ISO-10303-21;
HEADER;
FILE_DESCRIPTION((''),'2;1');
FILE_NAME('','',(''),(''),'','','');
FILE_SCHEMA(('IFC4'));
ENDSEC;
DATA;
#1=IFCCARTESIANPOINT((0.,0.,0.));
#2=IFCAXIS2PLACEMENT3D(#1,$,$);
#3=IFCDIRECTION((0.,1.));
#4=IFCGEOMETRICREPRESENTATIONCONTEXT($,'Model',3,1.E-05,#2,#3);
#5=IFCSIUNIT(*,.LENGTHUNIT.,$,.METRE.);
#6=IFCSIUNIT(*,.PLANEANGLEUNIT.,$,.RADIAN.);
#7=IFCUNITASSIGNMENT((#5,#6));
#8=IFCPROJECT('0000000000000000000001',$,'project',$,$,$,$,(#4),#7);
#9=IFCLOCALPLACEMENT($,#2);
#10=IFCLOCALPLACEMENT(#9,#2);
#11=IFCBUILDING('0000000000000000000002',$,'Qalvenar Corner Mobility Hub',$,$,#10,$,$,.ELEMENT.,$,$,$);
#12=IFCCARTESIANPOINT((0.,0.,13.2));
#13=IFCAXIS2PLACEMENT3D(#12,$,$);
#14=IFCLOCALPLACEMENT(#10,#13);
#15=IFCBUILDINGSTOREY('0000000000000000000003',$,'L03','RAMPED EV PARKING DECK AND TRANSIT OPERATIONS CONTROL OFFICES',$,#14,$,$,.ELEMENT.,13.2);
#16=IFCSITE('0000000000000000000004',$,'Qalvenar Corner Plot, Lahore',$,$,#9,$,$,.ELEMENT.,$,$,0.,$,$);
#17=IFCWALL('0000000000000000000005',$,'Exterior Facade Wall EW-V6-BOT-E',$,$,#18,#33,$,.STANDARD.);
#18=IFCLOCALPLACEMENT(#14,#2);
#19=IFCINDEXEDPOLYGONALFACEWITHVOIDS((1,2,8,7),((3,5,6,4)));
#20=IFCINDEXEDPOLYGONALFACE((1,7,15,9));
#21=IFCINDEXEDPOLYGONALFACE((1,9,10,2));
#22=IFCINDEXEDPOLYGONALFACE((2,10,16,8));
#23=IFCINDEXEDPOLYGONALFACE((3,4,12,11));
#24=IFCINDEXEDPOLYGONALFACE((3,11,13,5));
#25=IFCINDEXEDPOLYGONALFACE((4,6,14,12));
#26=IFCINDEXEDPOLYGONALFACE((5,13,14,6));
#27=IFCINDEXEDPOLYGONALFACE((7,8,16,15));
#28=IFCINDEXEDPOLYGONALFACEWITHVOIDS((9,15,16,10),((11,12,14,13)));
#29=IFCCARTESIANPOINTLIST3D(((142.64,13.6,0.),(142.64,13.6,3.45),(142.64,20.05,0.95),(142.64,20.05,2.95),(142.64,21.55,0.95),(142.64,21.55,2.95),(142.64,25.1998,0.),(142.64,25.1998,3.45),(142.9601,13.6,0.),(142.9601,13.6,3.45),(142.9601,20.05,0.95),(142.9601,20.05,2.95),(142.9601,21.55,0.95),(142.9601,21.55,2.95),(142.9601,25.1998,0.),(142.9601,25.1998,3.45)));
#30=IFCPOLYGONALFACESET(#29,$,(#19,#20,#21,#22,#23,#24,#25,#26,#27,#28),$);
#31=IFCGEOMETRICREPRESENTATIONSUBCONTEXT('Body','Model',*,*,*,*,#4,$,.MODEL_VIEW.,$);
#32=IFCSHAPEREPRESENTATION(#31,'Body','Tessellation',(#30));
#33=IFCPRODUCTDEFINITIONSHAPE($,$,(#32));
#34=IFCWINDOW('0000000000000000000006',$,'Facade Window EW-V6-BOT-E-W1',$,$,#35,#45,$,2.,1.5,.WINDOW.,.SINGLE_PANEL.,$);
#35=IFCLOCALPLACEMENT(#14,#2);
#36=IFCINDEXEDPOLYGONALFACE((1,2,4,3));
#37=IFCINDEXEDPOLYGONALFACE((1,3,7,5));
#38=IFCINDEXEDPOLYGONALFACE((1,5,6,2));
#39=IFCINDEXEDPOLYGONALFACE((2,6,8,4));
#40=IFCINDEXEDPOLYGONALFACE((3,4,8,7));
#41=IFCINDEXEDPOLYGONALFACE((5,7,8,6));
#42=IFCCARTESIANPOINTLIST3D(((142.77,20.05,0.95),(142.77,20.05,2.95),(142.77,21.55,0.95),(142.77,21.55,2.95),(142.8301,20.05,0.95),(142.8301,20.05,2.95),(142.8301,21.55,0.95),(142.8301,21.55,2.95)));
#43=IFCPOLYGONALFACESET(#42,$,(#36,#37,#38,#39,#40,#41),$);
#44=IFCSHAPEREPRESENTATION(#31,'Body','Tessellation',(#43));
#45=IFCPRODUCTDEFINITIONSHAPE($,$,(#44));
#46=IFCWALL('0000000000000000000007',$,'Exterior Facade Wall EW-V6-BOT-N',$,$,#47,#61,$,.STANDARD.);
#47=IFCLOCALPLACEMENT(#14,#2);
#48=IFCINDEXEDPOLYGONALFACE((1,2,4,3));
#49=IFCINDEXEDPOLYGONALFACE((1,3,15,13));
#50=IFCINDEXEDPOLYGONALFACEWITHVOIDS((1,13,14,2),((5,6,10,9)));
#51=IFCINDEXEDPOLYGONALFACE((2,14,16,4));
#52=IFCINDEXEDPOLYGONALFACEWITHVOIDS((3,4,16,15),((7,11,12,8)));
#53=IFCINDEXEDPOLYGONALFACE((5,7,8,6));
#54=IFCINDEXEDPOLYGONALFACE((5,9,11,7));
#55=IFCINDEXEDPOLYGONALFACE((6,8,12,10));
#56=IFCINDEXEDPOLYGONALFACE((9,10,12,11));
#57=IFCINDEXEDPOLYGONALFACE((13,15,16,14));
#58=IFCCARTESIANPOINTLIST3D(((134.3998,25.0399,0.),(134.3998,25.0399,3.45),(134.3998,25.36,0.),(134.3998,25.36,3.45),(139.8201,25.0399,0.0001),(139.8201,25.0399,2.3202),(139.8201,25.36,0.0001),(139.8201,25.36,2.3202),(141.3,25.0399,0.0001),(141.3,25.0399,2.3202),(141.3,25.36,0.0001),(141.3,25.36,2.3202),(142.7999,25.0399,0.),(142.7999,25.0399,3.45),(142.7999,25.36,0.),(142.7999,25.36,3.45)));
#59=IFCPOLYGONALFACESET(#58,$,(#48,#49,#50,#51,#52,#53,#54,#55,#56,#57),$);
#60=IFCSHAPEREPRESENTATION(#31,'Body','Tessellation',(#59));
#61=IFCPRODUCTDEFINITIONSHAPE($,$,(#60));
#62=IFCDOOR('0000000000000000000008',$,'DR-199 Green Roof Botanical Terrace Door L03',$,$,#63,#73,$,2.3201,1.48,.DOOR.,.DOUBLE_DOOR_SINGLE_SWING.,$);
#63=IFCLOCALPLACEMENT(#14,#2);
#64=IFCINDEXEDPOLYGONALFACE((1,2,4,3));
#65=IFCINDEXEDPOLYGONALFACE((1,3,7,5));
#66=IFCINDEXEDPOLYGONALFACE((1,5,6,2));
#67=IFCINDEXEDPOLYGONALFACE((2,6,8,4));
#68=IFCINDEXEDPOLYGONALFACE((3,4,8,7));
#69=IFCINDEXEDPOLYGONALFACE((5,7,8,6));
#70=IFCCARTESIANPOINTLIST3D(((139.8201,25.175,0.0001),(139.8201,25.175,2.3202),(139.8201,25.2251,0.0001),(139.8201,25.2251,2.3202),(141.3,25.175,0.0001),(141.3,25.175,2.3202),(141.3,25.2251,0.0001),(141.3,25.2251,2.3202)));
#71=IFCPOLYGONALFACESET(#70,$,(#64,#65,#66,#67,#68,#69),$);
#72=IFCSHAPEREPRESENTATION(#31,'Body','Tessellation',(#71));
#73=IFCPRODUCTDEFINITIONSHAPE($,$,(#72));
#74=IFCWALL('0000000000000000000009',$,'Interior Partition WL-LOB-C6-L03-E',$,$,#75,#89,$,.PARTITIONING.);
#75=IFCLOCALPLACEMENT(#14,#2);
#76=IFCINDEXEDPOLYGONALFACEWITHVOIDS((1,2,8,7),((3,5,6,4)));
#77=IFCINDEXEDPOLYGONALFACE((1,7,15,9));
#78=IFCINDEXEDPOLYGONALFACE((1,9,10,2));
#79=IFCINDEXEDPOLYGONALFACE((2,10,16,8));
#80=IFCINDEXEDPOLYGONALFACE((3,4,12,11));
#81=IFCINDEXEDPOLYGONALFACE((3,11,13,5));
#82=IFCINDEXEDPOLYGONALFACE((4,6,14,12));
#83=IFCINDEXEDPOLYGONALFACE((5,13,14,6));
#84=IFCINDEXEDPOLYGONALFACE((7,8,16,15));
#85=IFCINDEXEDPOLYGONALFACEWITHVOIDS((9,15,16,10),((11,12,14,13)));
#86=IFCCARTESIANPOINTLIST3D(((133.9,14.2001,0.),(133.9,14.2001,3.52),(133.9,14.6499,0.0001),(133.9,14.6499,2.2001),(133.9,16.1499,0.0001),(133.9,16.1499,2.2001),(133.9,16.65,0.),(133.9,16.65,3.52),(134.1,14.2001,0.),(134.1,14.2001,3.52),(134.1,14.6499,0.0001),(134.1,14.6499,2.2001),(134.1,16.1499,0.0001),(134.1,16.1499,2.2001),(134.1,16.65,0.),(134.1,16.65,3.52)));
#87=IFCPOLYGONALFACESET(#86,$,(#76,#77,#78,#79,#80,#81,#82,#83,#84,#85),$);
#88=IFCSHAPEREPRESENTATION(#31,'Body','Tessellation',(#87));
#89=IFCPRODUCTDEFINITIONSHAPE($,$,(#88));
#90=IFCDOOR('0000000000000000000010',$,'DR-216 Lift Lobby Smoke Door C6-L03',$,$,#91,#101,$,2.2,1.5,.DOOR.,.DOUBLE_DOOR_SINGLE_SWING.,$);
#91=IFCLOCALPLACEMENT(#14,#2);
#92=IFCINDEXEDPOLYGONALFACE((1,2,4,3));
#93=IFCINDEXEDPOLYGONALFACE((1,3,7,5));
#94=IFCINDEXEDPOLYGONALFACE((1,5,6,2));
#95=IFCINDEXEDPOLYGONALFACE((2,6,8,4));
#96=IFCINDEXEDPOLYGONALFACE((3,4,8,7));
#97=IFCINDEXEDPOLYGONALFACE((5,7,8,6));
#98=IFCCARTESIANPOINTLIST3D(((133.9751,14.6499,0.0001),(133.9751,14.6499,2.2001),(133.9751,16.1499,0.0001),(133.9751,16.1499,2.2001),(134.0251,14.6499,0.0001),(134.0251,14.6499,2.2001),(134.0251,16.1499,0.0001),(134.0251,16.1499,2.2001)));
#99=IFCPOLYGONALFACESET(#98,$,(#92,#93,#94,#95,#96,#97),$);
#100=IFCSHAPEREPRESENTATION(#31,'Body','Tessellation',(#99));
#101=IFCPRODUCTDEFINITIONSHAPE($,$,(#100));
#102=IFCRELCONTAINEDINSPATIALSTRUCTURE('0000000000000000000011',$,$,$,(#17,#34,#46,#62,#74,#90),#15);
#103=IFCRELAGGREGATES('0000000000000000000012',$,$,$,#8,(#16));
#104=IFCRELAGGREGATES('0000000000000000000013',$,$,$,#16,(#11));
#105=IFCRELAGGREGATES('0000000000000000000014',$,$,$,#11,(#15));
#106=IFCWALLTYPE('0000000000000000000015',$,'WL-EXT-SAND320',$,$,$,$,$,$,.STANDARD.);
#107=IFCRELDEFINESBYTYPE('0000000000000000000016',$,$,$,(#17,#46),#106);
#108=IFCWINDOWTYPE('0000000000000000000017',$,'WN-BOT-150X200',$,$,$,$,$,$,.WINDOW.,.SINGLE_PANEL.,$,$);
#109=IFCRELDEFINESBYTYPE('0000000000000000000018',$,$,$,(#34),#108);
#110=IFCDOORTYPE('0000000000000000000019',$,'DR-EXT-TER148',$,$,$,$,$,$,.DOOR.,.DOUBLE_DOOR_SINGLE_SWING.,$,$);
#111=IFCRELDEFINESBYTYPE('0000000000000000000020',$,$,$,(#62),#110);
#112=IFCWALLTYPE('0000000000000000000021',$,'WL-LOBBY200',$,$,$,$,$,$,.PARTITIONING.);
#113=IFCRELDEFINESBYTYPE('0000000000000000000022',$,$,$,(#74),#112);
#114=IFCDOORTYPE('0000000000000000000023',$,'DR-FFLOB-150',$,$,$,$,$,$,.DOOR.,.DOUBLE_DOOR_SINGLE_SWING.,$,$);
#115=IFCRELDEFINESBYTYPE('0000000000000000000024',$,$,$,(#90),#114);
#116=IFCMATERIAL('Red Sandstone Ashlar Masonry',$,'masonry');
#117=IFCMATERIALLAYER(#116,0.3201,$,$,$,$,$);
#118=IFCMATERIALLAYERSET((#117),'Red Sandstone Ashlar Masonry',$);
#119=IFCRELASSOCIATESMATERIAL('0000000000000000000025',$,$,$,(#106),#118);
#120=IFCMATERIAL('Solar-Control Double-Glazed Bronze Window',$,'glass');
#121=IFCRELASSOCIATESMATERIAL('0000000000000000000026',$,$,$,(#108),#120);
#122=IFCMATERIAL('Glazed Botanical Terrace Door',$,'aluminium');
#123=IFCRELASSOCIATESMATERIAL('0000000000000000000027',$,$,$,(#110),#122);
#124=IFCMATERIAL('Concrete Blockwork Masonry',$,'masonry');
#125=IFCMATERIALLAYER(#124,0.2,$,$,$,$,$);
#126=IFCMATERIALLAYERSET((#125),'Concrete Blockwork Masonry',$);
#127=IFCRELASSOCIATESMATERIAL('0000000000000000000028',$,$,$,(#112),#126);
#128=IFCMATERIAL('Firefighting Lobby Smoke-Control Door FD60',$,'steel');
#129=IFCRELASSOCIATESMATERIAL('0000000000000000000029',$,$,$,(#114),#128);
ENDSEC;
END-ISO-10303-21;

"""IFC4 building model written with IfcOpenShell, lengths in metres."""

from ifc_helpers import new_model, si_unit, direction, frame, frame_2d, origin, place, context, subcontext, project, spatial, rectangle, extrude, material, layer, layer_set, type_object, element, fill, save


model = new_model("IFC4")

# Units and contexts
model_context = context("Model", 3, precision=1e-05, world=origin(), true_north=direction((0.0, 1.0)))
body_context = subcontext(model_context, "Body", "Model", "MODEL_VIEW")
ifc_project = project(units=[si_unit("LENGTHUNIT", "METRE"), si_unit("PLANEANGLEUNIT", "RADIAN")], contexts=[model_context])

# Site, building, storey
site_placement = place(None, origin())
site = spatial("IfcSite", under=ifc_project, at=site_placement, Name="Qalvenar Corner Plot, Lahore", CompositionType="ELEMENT", RefElevation=0.0)
building_placement = place(site_placement, origin())
building = spatial("IfcBuilding", under=site, at=building_placement, Name="Qalvenar Corner Mobility Hub", CompositionType="ELEMENT")
storey_placement = place(building_placement, frame((0.0, 0.0, 13.2)))
storey = spatial("IfcBuildingStorey", under=building, at=storey_placement, Name="L03", Description="RAMPED EV PARKING DECK AND TRANSIT OPERATIONS CONTROL OFFICES", CompositionType="ELEMENT", Elevation=13.2)

# Wall, opening, window
ifc_material_1 = material(Name="Red Sandstone Ashlar Masonry", Category="masonry")
ifc_layer_1 = layer(ifc_material_1, 0.3201)
ifc_layer_set_1 = layer_set([ifc_layer_1], Name="Red Sandstone Ashlar Masonry")
wall_type_1 = type_object("IfcWallType", Name="WL-EXT-SAND320", PredefinedType="STANDARD", material=ifc_layer_set_1)
wall_1_placement = place(storey_placement, frame((142.8, 13.6001, 0.0), z_axis=(0.0, 0.0, 1.0), x_axis=(0.0, 1.0, 0.0)))
wall_1 = element("IfcWall", 1, at=wall_1_placement, inside=storey, type_object=wall_type_1, Name="Exterior Facade Wall EW-V6-BOT-E", PredefinedType="STANDARD", context=body_context, shape_type="SweptSolid", body=[
    extrude(rectangle(XDim=11.5999, YDim=0.3201, at=frame_2d((5.7998, 0.0))), origin(), (0.0, 0.0, 1.0), 3.45),
])
opening_1_placement = place(wall_1_placement, frame((6.45, 0.0, 0.95)))
opening_1 = element("IfcOpeningElement", 2, at=opening_1_placement, cuts=wall_1, PredefinedType="OPENING", context=body_context, shape_type="SweptSolid", body=[
    extrude(rectangle(XDim=1.5, YDim=2.0, at=frame_2d((0.75, 1.0))), frame((0.0, 0.1699, 0.0), z_axis=(0.0, -1.0, 0.0), x_axis=(1.0, 0.0, 0.0)), (0.0, 0.0, 1.0), 0.3401),
])
ifc_material_2 = material(Name="Solar-Control Double-Glazed Bronze Window", Category="glass")
window_type = type_object("IfcWindowType", Name="WN-BOT-150X200", PartitioningType="SINGLE_PANEL", PredefinedType="WINDOW", material=ifc_material_2)
window_placement = place(opening_1_placement, origin())
window = element("IfcWindow", 3, at=window_placement, inside=storey, type_object=window_type, Name="Facade Window EW-V6-BOT-E-W1", OverallHeight=2.0, OverallWidth=1.5, PartitioningType="SINGLE_PANEL", PredefinedType="WINDOW", context=body_context, shape_type="SweptSolid", body=[
    extrude(rectangle(XDim=1.5, YDim=2.0, at=frame_2d((0.75, 1.0))), frame((0.0, 0.03, 0.0), z_axis=(0.0, -1.0, 0.0), x_axis=(1.0, 0.0, 0.0)), (0.0, 0.0, 1.0), 0.0601),
])
fill(opening_1, window)

# Walls, openings, doors
wall_2_placement = place(storey_placement, frame((142.8, 25.2, 0.0), z_axis=(0.0, 0.0, 1.0), x_axis=(-1.0, 0.0, 0.0)))
wall_2 = element("IfcWall", 4, at=wall_2_placement, inside=storey, type_object=wall_type_1, Name="Exterior Facade Wall EW-V6-BOT-N", PredefinedType="STANDARD", context=body_context, shape_type="SweptSolid", body=[
    extrude(rectangle(XDim=8.4001, YDim=0.3201, at=frame_2d((4.2002, 0.0))), origin(), (0.0, 0.0, 1.0), 3.45),
])
opening_2_placement = place(wall_2_placement, frame((1.5, 0.0, 0.0)))
opening_2 = element("IfcOpeningElement", 5, at=opening_2_placement, cuts=wall_2, PredefinedType="OPENING", context=body_context, shape_type="SweptSolid", body=[
    extrude(rectangle(XDim=1.48, YDim=2.3201, at=frame_2d((0.74, 1.1602))), frame((0.0, 0.1699, 0.0), z_axis=(0.0, -1.0, 0.0), x_axis=(1.0, 0.0, 0.0)), (0.0, 0.0, 1.0), 0.3401),
])
ifc_material_3 = material(Name="Glazed Botanical Terrace Door", Category="aluminium")
door_type_1 = type_object("IfcDoorType", Name="DR-EXT-TER148", OperationType="DOUBLE_DOOR_SINGLE_SWING", PredefinedType="DOOR", material=ifc_material_3)
door_1_placement = place(opening_2_placement, origin())
door_1 = element("IfcDoor", 6, at=door_1_placement, inside=storey, type_object=door_type_1, Name="DR-199 Green Roof Botanical Terrace Door L03", OperationType="DOUBLE_DOOR_SINGLE_SWING", OverallHeight=2.3201, OverallWidth=1.48, PredefinedType="DOOR", context=body_context, shape_type="SweptSolid", body=[
    extrude(rectangle(XDim=1.48, YDim=2.3201, at=frame_2d((0.74, 1.1602))), frame((0.0, 0.0249, 0.0), z_axis=(0.0, -1.0, 0.0), x_axis=(1.0, 0.0, 0.0)), (0.0, 0.0, 1.0), 0.05),
])
fill(opening_2, door_1)
ifc_material_4 = material(Name="Concrete Blockwork Masonry", Category="masonry")
ifc_layer_2 = layer(ifc_material_4, 0.2)
ifc_layer_set_2 = layer_set([ifc_layer_2], Name="Concrete Blockwork Masonry")
wall_type_2 = type_object("IfcWallType", Name="WL-LOBBY200", PredefinedType="PARTITIONING", material=ifc_layer_set_2)
wall_3_placement = place(storey_placement, frame((134.0, 14.2, 0.0), z_axis=(0.0, 0.0, 1.0), x_axis=(0.0, 1.0, 0.0)))
wall_3 = element("IfcWall", 7, at=wall_3_placement, inside=storey, type_object=wall_type_2, Name="Interior Partition WL-LOB-C6-L03-E", PredefinedType="PARTITIONING", context=body_context, shape_type="SweptSolid", body=[
    extrude(rectangle(XDim=2.45, YDim=0.2, at=frame_2d((1.2251, 0.0))), origin(), (0.0, 0.0, 1.0), 3.52),
])
opening_3_placement = place(wall_3_placement, frame((0.45, 0.0, 0.0)))
opening_3 = element("IfcOpeningElement", 8, at=opening_3_placement, cuts=wall_3, PredefinedType="OPENING", context=body_context, shape_type="SweptSolid", body=[
    extrude(rectangle(XDim=1.5, YDim=2.2, at=frame_2d((0.75, 1.1001))), frame((0.0, 0.1099, 0.0), z_axis=(0.0, -1.0, 0.0), x_axis=(1.0, 0.0, 0.0)), (0.0, 0.0, 1.0), 0.22),
])
ifc_material_5 = material(Name="Firefighting Lobby Smoke-Control Door FD60", Category="steel")
door_type_2 = type_object("IfcDoorType", Name="DR-FFLOB-150", OperationType="DOUBLE_DOOR_SINGLE_SWING", PredefinedType="DOOR", material=ifc_material_5)
door_2_placement = place(opening_3_placement, origin())
door_2 = element("IfcDoor", 9, at=door_2_placement, inside=storey, type_object=door_type_2, Name="DR-216 Lift Lobby Smoke Door C6-L03", OperationType="DOUBLE_DOOR_SINGLE_SWING", OverallHeight=2.2, OverallWidth=1.5, PredefinedType="DOOR", context=body_context, shape_type="SweptSolid", body=[
    extrude(rectangle(XDim=1.5, YDim=2.2, at=frame_2d((0.75, 1.1001))), frame((0.0, 0.0249, 0.0), z_axis=(0.0, -1.0, 0.0), x_axis=(1.0, 0.0, 0.0)), (0.0, 0.0, 1.0), 0.05),
])
fill(opening_3, door_2)

save(model, "model.ifc")
